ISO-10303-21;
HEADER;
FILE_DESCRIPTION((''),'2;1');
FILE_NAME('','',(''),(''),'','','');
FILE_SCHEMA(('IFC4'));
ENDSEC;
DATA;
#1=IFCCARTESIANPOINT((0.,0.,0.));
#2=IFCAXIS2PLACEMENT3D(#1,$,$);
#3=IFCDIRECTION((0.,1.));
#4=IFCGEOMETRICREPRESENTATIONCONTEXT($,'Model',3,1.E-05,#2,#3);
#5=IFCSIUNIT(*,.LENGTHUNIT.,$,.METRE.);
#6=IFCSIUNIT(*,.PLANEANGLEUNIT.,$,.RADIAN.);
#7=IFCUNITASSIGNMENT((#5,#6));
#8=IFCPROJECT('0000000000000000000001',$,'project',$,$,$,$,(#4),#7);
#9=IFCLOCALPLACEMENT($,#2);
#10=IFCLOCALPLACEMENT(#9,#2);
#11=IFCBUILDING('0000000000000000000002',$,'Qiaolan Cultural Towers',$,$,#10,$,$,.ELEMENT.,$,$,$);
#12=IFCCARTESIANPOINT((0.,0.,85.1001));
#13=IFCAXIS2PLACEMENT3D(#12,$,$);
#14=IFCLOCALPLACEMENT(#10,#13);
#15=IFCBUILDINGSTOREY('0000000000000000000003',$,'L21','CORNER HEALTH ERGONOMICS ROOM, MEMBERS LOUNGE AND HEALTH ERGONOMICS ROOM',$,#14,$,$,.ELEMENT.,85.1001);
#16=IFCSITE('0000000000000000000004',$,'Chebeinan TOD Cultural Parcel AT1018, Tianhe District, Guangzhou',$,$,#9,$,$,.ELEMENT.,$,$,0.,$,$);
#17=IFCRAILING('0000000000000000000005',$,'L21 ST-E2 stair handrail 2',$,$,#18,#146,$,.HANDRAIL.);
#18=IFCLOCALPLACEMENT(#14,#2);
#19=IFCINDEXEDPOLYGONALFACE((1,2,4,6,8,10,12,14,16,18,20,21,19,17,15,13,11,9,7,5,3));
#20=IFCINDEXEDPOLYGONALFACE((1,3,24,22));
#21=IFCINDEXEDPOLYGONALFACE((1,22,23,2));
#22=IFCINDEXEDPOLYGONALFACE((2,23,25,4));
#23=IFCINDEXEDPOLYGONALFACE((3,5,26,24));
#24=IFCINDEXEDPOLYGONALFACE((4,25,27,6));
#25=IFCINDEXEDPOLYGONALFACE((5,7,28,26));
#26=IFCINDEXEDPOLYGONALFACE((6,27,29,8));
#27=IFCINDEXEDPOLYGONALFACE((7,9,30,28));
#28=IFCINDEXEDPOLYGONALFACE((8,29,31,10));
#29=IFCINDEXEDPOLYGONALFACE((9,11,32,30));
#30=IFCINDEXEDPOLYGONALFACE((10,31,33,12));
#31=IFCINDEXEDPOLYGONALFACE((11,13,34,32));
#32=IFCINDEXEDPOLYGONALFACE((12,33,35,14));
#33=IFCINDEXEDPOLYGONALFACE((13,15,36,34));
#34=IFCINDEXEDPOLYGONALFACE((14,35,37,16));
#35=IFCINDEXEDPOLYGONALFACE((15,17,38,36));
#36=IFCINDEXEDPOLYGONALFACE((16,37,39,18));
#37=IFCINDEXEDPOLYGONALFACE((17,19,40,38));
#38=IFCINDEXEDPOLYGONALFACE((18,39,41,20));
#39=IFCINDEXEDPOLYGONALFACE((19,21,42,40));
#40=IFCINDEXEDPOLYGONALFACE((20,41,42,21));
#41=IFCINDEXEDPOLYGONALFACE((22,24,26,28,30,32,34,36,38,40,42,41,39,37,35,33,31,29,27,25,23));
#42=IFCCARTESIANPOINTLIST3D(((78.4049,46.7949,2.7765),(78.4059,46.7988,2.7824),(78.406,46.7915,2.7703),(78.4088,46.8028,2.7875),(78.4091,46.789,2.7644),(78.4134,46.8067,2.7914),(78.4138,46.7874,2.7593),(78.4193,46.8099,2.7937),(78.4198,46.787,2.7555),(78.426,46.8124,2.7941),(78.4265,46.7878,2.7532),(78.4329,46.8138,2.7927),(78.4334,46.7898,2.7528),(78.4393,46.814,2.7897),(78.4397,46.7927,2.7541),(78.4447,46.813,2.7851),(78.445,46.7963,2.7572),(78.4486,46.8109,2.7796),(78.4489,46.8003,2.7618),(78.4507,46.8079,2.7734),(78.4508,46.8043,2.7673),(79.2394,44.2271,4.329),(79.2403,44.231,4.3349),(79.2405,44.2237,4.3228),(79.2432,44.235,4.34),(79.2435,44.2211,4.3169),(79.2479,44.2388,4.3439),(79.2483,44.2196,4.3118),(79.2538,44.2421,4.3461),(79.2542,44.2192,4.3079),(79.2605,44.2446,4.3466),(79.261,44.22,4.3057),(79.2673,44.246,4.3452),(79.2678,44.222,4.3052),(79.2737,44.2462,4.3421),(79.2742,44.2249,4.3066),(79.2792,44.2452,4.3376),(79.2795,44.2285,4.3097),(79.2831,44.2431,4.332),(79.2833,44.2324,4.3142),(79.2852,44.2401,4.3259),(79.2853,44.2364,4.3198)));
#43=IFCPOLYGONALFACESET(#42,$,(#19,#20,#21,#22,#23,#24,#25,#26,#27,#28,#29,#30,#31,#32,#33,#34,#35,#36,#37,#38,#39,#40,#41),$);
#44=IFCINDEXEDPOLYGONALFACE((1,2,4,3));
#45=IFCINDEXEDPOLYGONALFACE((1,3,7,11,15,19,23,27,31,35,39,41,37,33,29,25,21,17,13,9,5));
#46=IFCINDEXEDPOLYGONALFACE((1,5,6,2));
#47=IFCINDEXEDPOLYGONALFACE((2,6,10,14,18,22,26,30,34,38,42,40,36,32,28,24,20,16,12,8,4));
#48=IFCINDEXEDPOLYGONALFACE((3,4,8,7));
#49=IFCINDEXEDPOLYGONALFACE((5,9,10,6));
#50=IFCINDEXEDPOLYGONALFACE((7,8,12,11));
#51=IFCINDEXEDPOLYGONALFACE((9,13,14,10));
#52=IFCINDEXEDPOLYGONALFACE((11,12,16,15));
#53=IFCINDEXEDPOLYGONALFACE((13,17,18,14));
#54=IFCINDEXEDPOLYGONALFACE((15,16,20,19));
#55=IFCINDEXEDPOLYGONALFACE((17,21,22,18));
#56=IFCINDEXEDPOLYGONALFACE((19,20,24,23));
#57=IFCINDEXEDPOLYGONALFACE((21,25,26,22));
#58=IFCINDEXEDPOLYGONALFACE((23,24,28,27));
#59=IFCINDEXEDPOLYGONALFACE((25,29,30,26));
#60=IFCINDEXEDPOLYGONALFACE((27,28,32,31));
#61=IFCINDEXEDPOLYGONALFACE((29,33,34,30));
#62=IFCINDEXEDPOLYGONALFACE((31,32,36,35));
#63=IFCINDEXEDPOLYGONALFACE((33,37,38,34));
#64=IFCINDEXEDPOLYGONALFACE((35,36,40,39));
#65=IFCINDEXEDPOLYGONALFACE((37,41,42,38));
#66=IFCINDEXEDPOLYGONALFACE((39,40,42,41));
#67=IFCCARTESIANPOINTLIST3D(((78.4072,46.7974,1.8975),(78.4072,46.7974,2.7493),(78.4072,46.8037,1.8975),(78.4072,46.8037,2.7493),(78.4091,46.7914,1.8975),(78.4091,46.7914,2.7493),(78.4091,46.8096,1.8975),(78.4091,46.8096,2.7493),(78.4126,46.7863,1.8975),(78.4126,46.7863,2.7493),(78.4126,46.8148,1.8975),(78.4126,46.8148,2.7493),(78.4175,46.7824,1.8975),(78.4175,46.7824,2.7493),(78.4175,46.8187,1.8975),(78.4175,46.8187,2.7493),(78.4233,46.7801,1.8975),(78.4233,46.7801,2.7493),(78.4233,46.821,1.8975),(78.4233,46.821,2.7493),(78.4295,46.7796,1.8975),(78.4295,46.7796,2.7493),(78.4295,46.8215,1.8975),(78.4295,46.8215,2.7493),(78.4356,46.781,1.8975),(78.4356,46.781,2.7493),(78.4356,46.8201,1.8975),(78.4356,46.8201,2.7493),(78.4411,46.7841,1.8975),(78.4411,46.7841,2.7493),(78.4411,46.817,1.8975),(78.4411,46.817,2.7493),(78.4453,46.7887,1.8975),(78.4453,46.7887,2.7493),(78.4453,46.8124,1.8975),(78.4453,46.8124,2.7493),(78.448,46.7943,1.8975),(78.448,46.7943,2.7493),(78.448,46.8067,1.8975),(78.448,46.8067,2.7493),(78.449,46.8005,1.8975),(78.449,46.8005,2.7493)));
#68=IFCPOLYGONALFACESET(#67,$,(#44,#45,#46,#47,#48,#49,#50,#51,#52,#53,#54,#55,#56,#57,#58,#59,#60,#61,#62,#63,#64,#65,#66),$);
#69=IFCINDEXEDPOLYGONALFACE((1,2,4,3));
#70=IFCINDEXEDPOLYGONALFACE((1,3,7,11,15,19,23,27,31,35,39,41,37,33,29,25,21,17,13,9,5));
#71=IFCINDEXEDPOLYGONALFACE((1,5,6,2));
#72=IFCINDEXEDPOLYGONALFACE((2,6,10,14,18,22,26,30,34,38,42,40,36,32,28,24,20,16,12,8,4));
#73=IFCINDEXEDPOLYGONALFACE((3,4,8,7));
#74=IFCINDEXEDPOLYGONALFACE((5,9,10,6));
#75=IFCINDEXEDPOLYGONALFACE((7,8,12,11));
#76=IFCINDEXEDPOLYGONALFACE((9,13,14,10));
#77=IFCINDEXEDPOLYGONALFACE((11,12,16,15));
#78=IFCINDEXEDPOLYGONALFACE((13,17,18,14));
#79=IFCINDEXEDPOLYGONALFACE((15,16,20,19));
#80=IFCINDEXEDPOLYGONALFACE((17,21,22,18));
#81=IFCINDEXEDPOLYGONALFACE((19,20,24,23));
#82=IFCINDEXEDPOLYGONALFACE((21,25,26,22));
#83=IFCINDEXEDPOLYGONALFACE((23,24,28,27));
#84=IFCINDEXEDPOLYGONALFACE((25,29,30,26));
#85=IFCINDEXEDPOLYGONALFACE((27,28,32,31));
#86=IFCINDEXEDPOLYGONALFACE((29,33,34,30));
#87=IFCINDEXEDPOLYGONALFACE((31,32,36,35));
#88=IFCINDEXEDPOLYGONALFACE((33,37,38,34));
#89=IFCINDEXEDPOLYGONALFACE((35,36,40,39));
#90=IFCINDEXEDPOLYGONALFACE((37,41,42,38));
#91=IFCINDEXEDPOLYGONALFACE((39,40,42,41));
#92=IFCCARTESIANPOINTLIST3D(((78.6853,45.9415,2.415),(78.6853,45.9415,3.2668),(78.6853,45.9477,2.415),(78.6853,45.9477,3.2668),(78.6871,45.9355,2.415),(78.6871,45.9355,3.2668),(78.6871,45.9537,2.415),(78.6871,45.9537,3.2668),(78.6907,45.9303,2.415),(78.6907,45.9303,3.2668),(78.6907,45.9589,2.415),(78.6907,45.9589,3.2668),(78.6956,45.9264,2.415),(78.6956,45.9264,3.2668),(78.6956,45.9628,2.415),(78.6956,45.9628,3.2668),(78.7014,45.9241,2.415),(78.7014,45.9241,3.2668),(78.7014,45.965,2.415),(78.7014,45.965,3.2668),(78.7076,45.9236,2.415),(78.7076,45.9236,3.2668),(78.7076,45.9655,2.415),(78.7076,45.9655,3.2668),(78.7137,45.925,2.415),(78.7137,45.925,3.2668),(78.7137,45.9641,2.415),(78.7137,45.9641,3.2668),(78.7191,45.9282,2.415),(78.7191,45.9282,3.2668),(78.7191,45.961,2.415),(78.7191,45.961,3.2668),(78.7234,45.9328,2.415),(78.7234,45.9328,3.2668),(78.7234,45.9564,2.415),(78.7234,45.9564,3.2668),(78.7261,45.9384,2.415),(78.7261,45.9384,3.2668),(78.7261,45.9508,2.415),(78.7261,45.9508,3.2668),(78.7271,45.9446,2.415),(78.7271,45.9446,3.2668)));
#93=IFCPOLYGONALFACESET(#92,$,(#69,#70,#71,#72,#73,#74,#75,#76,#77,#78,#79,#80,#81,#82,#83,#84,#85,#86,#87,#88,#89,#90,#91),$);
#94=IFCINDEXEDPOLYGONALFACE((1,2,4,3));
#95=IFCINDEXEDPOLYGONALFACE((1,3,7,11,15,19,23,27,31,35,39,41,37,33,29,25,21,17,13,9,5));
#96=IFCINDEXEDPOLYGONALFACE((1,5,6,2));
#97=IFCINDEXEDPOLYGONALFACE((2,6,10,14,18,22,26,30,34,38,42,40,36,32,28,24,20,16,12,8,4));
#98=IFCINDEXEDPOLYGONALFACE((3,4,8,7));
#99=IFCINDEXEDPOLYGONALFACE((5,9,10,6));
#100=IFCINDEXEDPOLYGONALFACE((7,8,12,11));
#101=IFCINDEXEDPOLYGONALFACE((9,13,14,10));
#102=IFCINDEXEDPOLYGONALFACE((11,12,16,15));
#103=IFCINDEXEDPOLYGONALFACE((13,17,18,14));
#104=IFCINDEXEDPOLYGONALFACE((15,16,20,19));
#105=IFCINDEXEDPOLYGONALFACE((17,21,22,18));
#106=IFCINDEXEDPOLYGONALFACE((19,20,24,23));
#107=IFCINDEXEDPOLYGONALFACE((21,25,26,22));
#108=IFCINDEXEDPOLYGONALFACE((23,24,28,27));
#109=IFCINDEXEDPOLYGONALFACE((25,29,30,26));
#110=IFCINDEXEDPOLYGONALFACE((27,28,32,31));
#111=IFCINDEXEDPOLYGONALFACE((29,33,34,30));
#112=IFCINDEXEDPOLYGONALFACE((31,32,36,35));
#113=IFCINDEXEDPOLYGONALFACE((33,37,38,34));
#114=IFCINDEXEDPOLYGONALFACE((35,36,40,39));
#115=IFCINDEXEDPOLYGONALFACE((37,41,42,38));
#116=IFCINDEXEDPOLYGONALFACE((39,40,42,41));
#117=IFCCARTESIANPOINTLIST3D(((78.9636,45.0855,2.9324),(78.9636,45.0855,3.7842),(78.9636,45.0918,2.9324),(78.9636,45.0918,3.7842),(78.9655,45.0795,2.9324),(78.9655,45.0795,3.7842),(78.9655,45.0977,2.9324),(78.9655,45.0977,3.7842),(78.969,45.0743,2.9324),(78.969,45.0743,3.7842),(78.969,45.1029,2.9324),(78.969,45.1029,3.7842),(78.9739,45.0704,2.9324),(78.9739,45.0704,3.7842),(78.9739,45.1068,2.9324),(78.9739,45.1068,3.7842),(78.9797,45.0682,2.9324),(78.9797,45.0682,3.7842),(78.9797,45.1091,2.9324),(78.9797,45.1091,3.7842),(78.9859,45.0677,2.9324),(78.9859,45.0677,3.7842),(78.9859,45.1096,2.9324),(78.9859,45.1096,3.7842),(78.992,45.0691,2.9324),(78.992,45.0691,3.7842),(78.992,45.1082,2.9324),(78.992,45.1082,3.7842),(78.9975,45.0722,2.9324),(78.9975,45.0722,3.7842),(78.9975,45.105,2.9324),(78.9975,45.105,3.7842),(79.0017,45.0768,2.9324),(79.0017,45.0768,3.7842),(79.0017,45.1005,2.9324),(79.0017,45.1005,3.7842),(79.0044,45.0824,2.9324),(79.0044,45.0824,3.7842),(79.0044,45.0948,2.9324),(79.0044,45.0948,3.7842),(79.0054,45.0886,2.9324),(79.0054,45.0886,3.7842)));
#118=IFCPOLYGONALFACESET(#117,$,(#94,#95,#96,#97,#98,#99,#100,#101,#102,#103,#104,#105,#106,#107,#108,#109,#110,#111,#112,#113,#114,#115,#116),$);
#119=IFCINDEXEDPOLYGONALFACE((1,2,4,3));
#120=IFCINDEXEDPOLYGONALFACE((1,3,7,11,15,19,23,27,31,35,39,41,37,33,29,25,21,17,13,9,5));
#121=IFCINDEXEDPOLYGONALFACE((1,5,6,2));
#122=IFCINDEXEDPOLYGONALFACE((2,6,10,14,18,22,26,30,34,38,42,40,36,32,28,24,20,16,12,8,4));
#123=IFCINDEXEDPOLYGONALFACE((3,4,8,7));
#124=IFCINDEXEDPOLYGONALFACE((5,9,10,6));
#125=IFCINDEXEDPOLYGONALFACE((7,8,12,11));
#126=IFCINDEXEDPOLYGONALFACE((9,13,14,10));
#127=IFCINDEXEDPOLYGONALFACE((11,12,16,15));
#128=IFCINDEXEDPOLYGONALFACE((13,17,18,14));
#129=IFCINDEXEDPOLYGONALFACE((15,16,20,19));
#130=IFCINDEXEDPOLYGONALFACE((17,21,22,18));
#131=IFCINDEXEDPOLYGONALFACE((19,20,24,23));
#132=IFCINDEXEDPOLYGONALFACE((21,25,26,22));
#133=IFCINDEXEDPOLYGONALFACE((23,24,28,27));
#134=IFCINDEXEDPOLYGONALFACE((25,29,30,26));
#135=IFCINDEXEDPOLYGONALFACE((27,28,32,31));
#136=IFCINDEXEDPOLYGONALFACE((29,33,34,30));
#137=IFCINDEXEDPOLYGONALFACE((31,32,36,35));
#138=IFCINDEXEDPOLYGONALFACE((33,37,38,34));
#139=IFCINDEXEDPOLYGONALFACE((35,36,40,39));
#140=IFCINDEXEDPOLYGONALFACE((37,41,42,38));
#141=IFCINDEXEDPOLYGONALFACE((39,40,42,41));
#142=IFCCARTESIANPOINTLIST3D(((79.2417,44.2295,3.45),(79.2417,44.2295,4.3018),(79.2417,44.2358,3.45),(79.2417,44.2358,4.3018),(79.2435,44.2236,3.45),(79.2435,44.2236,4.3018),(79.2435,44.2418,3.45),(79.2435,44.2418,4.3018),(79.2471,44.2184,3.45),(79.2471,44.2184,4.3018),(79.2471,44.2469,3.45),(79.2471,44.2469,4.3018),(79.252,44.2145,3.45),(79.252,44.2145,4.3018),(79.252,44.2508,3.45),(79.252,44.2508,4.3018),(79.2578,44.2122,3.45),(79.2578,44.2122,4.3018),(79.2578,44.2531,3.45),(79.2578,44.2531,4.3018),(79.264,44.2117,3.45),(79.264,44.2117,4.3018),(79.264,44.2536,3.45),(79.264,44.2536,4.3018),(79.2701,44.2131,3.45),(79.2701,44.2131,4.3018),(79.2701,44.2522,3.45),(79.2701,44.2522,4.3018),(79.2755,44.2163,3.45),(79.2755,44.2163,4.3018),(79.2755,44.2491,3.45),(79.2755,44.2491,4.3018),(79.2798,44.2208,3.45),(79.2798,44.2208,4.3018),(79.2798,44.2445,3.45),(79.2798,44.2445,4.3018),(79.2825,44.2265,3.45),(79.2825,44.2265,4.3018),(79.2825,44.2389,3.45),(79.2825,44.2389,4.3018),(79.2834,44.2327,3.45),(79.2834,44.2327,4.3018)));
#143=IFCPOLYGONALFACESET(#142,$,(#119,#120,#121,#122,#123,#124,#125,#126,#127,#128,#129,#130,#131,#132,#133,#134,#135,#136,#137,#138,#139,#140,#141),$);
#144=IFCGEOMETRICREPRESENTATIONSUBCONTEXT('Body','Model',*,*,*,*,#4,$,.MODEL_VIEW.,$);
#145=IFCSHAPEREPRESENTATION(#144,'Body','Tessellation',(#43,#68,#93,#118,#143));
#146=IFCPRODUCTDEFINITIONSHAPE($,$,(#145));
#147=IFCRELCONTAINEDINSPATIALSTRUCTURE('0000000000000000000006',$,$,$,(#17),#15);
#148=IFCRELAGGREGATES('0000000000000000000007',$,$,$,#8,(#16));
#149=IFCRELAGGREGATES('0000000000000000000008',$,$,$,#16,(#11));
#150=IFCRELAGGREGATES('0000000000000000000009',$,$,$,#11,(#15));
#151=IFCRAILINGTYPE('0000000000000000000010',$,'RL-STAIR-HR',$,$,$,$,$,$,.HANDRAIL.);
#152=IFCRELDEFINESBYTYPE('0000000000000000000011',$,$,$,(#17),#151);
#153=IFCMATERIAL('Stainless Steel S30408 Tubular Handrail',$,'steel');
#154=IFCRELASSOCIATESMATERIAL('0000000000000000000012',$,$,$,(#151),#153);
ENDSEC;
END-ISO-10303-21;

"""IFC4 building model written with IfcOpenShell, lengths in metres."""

from ifc_helpers import new_model, si_unit, direction, frame, origin, origin_2d, place, context, subcontext, project, spatial, circle, extrude, material, type_object, element, save


model = new_model("IFC4")

# Units and contexts
model_context = context("Model", 3, precision=1e-05, world=origin(), true_north=direction((0.0, 1.0)))
body_context = subcontext(model_context, "Body", "Model", "MODEL_VIEW")
ifc_project = project(units=[si_unit("LENGTHUNIT", "METRE"), si_unit("PLANEANGLEUNIT", "RADIAN")], contexts=[model_context])

# Site, building, storey
site_placement = place(None, origin())
site = spatial("IfcSite", under=ifc_project, at=site_placement, Name="Chebeinan TOD Cultural Parcel AT1018, Tianhe District, Guangzhou", CompositionType="ELEMENT", RefElevation=0.0)
building_placement = place(site_placement, origin())
building = spatial("IfcBuilding", under=site, at=building_placement, Name="Qiaolan Cultural Towers", CompositionType="ELEMENT")
storey_placement = place(building_placement, frame((0.0, 0.0, 85.1001)))
storey = spatial("IfcBuildingStorey", under=building, at=storey_placement, Name="L21", Description="CORNER HEALTH ERGONOMICS ROOM, MEMBERS LOUNGE AND HEALTH ERGONOMICS ROOM", CompositionType="ELEMENT", Elevation=85.1001)

# Railing
ifc_material_1 = material(Name="Stainless Steel S30408 Tubular Handrail", Category="steel")
railing_type_1 = type_object("IfcRailingType", Name="RL-STAIR-HR", PredefinedType="HANDRAIL", material=ifc_material_1)
railing_1_placement = place(storey_placement, frame((78.428, 46.8005, 1.8975)))
element("IfcRailing", 1, at=railing_1_placement, inside=storey, type_object=railing_type_1, Name="L21 ST-E2 stair handrail 2", PredefinedType="HANDRAIL", context=body_context, shape_type="SweptSolid", body=[
    extrude(circle(Radius=0.0239, at=origin_2d()), frame((0.0, 0.0, 0.876), z_axis=(0.267926, -0.824471, 0.498461), x_axis=(0.951043, 0.309057, 0.0)), (0.0, 0.0, 1.0), 3.1145),
    extrude(circle(Radius=0.021, at=origin_2d()), origin(), (0.0, 0.0, 1.0), 0.8518),
    extrude(circle(Radius=0.021, at=origin_2d()), frame((0.2781, -0.856, 0.5176)), (0.0, 0.0, 1.0), 0.8518),
    extrude(circle(Radius=0.021, at=origin_2d()), frame((0.5564, -1.7119, 1.0349)), (0.0, 0.0, 1.0), 0.8518),
    extrude(circle(Radius=0.021, at=origin_2d()), frame((0.8345, -2.5679, 1.5525)), (0.0, 0.0, 1.0), 0.8518),
])

save(model, "model.ifc")
